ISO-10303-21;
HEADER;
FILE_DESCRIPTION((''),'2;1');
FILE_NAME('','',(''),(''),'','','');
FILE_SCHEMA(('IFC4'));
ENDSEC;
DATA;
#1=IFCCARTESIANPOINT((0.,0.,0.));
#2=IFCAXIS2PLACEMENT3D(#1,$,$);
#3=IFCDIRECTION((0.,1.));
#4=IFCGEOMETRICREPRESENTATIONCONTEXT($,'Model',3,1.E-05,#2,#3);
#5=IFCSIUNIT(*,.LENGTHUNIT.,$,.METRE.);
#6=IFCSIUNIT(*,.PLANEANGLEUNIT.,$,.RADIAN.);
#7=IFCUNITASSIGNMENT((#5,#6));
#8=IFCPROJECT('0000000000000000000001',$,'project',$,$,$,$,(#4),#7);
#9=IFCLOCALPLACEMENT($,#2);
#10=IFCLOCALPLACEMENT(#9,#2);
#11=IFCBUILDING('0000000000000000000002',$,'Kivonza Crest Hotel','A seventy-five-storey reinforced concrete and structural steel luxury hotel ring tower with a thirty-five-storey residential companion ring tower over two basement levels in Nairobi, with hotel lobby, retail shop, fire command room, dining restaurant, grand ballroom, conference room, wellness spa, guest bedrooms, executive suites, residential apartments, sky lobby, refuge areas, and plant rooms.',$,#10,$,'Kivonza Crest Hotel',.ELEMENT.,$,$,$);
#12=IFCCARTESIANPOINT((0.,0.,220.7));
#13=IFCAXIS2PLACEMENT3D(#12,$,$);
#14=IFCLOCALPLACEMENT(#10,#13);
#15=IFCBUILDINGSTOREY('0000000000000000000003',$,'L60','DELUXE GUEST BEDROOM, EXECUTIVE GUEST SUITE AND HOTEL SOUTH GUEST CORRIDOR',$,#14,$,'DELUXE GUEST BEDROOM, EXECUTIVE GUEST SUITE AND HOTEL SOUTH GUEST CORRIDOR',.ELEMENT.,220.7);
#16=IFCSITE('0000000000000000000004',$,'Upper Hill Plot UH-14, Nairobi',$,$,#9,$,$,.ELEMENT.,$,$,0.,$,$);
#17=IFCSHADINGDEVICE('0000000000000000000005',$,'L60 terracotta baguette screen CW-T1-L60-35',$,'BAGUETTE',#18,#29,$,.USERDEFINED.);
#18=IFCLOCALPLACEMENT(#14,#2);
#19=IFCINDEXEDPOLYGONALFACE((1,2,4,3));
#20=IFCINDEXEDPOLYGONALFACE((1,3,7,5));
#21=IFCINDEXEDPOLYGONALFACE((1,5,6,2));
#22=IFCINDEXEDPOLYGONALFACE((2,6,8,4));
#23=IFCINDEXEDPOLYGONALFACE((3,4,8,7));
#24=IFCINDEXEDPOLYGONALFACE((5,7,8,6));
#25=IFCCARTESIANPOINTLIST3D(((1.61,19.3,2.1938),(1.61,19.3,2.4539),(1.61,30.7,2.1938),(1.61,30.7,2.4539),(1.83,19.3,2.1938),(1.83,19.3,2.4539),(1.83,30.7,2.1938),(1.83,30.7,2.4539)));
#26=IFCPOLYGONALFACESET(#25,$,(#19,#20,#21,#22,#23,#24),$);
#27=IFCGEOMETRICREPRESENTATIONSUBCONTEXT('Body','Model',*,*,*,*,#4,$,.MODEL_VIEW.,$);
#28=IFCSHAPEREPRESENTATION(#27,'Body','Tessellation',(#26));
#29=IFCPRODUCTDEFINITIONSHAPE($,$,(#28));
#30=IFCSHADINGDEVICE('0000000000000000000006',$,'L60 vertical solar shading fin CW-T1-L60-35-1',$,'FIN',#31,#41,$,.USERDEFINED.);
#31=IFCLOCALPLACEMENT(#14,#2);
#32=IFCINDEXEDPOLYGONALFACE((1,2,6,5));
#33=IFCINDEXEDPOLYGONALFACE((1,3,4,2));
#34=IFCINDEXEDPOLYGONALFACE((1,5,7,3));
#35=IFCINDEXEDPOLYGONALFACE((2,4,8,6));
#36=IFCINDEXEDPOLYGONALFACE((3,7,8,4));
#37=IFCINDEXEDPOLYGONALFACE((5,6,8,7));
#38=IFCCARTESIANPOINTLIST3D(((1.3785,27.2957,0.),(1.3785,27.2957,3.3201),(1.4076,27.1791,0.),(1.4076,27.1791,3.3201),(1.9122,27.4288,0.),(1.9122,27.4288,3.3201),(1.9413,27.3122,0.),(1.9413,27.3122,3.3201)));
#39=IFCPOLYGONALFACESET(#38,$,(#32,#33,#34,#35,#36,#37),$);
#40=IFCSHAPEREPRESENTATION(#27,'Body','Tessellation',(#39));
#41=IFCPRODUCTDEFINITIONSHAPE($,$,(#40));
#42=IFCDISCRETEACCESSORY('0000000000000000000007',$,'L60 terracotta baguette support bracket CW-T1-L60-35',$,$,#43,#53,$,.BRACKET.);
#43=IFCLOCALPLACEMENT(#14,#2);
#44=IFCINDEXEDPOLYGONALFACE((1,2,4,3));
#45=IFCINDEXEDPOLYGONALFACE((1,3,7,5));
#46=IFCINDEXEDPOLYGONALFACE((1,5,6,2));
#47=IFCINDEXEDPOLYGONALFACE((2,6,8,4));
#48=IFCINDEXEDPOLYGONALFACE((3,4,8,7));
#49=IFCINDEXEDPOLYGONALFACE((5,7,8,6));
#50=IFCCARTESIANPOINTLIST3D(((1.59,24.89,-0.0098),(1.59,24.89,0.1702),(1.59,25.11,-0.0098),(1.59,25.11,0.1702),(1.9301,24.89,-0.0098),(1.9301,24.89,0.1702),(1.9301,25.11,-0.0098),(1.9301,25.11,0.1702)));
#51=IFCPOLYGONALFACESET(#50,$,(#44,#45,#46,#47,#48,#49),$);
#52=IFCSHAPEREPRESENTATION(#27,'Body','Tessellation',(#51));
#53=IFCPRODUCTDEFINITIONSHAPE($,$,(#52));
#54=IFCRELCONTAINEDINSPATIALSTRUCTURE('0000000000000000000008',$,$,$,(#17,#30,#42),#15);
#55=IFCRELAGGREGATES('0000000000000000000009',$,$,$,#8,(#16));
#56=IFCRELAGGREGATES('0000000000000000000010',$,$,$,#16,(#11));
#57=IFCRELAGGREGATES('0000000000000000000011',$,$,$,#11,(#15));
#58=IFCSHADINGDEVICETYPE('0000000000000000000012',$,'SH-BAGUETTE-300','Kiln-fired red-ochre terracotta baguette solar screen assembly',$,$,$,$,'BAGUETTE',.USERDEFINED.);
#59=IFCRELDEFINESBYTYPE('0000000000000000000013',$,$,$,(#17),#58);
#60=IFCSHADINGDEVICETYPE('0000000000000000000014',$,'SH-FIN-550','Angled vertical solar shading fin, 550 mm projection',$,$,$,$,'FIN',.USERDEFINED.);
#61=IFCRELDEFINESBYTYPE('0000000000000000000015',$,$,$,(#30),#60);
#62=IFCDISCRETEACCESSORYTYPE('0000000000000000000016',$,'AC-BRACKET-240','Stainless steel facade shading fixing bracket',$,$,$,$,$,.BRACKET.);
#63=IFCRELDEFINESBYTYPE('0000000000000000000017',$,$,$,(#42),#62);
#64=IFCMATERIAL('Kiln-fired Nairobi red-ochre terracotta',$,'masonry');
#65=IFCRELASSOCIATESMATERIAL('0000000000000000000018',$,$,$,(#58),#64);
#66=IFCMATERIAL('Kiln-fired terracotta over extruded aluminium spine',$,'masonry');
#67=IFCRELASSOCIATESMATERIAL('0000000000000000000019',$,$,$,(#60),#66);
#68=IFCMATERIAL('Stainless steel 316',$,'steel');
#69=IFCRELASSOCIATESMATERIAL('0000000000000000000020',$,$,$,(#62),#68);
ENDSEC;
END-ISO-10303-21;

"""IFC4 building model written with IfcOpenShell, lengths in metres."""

from ifc_helpers import new_model, si_unit, direction, frame, origin, origin_2d, place, context, subcontext, project, spatial, rectangle, extrude, material, type_object, element, save


model = new_model("IFC4")

# Units and contexts
model_context = context("Model", 3, precision=1e-05, world=origin(), true_north=direction((0.0, 1.0)))
body_context = subcontext(model_context, "Body", "Model", "MODEL_VIEW")
ifc_project = project(units=[si_unit("LENGTHUNIT", "METRE"), si_unit("PLANEANGLEUNIT", "RADIAN")], contexts=[model_context])

# Site, building, storey
site_placement = place(None, origin())
site = spatial("IfcSite", under=ifc_project, at=site_placement, Name="Upper Hill Plot UH-14, Nairobi", CompositionType="ELEMENT", RefElevation=0.0)
building_placement = place(site_placement, origin())
building = spatial("IfcBuilding", under=site, at=building_placement, Name="Kivonza Crest Hotel", Description="A seventy-five-storey reinforced concrete and structural steel luxury hotel ring tower with a thirty-five-storey residential companion ring tower over two basement levels in Nairobi, with hotel lobby, retail shop, fire command room, dining restaurant, grand ballroom, conference room, wellness spa, guest bedrooms, executive suites, residential apartments, sky lobby, refuge areas, and plant rooms.", LongName="Kivonza Crest Hotel", CompositionType="ELEMENT")
storey_placement = place(building_placement, frame((0.0, 0.0, 220.7)))
storey = spatial("IfcBuildingStorey", under=building, at=storey_placement, Name="L60", Description="DELUXE GUEST BEDROOM, EXECUTIVE GUEST SUITE AND HOTEL SOUTH GUEST CORRIDOR", LongName="DELUXE GUEST BEDROOM, EXECUTIVE GUEST SUITE AND HOTEL SOUTH GUEST CORRIDOR", CompositionType="ELEMENT", Elevation=220.7)

# Shading devices
ifc_material_1 = material(Name="Kiln-fired Nairobi red-ochre terracotta", Category="masonry")
shading_device_type_1 = type_object("IfcShadingDeviceType", Name="SH-BAGUETTE-300", Description="Kiln-fired red-ochre terracotta baguette solar screen assembly", ElementType="BAGUETTE", PredefinedType="USERDEFINED", material=ifc_material_1)
shading_device_1_placement = place(storey_placement, frame((1.72, 25.0, 2.1938), z_axis=(0.0, 0.0, 1.0), x_axis=(0.0, -1.0, 0.0)))
element("IfcShadingDevice", 1, at=shading_device_1_placement, inside=storey, type_object=shading_device_type_1, Name="L60 terracotta baguette screen CW-T1-L60-35", ObjectType="BAGUETTE", PredefinedType="USERDEFINED", context=body_context, shape_type="SweptSolid", body=[
    extrude(rectangle(XDim=11.3999, YDim=0.22, at=origin_2d()), origin(), (0.0, 0.0, 1.0), 0.26),
])
ifc_material_2 = material(Name="Kiln-fired terracotta over extruded aluminium spine", Category="masonry")
shading_device_type_2 = type_object("IfcShadingDeviceType", Name="SH-FIN-550", Description="Angled vertical solar shading fin, 550 mm projection", ElementType="FIN", PredefinedType="USERDEFINED", material=ifc_material_2)
shading_device_2_placement = place(storey_placement, frame((1.6599, 27.304, 0.0), z_axis=(0.0, 0.0, 1.0), x_axis=(0.241922, -0.970296, 0.0)))
element("IfcShadingDevice", 2, at=shading_device_2_placement, inside=storey, type_object=shading_device_type_2, Name="L60 vertical solar shading fin CW-T1-L60-35-1", ObjectType="FIN", PredefinedType="USERDEFINED", context=body_context, shape_type="SweptSolid", body=[
    extrude(rectangle(XDim=0.1201, YDim=0.55, at=origin_2d()), origin(), (0.0, 0.0, 1.0), 3.3201),
])

# Discrete accessory
ifc_material_3 = material(Name="Stainless steel 316", Category="steel")
discrete_accessory_type = type_object("IfcDiscreteAccessoryType", Name="AC-BRACKET-240", Description="Stainless steel facade shading fixing bracket", PredefinedType="BRACKET", material=ifc_material_3)
discrete_accessory_placement = place(storey_placement, frame((1.76, 25.0, -0.0098), z_axis=(0.0, 0.0, 1.0), x_axis=(0.0, -1.0, 0.0)))
element("IfcDiscreteAccessory", 3, at=discrete_accessory_placement, inside=storey, type_object=discrete_accessory_type, Name="L60 terracotta baguette support bracket CW-T1-L60-35", PredefinedType="BRACKET", context=body_context, shape_type="SweptSolid", body=[
    extrude(rectangle(XDim=0.22, YDim=0.3401, at=origin_2d()), origin(), (0.0, 0.0, 1.0), 0.1799),
])

save(model, "model.ifc")
